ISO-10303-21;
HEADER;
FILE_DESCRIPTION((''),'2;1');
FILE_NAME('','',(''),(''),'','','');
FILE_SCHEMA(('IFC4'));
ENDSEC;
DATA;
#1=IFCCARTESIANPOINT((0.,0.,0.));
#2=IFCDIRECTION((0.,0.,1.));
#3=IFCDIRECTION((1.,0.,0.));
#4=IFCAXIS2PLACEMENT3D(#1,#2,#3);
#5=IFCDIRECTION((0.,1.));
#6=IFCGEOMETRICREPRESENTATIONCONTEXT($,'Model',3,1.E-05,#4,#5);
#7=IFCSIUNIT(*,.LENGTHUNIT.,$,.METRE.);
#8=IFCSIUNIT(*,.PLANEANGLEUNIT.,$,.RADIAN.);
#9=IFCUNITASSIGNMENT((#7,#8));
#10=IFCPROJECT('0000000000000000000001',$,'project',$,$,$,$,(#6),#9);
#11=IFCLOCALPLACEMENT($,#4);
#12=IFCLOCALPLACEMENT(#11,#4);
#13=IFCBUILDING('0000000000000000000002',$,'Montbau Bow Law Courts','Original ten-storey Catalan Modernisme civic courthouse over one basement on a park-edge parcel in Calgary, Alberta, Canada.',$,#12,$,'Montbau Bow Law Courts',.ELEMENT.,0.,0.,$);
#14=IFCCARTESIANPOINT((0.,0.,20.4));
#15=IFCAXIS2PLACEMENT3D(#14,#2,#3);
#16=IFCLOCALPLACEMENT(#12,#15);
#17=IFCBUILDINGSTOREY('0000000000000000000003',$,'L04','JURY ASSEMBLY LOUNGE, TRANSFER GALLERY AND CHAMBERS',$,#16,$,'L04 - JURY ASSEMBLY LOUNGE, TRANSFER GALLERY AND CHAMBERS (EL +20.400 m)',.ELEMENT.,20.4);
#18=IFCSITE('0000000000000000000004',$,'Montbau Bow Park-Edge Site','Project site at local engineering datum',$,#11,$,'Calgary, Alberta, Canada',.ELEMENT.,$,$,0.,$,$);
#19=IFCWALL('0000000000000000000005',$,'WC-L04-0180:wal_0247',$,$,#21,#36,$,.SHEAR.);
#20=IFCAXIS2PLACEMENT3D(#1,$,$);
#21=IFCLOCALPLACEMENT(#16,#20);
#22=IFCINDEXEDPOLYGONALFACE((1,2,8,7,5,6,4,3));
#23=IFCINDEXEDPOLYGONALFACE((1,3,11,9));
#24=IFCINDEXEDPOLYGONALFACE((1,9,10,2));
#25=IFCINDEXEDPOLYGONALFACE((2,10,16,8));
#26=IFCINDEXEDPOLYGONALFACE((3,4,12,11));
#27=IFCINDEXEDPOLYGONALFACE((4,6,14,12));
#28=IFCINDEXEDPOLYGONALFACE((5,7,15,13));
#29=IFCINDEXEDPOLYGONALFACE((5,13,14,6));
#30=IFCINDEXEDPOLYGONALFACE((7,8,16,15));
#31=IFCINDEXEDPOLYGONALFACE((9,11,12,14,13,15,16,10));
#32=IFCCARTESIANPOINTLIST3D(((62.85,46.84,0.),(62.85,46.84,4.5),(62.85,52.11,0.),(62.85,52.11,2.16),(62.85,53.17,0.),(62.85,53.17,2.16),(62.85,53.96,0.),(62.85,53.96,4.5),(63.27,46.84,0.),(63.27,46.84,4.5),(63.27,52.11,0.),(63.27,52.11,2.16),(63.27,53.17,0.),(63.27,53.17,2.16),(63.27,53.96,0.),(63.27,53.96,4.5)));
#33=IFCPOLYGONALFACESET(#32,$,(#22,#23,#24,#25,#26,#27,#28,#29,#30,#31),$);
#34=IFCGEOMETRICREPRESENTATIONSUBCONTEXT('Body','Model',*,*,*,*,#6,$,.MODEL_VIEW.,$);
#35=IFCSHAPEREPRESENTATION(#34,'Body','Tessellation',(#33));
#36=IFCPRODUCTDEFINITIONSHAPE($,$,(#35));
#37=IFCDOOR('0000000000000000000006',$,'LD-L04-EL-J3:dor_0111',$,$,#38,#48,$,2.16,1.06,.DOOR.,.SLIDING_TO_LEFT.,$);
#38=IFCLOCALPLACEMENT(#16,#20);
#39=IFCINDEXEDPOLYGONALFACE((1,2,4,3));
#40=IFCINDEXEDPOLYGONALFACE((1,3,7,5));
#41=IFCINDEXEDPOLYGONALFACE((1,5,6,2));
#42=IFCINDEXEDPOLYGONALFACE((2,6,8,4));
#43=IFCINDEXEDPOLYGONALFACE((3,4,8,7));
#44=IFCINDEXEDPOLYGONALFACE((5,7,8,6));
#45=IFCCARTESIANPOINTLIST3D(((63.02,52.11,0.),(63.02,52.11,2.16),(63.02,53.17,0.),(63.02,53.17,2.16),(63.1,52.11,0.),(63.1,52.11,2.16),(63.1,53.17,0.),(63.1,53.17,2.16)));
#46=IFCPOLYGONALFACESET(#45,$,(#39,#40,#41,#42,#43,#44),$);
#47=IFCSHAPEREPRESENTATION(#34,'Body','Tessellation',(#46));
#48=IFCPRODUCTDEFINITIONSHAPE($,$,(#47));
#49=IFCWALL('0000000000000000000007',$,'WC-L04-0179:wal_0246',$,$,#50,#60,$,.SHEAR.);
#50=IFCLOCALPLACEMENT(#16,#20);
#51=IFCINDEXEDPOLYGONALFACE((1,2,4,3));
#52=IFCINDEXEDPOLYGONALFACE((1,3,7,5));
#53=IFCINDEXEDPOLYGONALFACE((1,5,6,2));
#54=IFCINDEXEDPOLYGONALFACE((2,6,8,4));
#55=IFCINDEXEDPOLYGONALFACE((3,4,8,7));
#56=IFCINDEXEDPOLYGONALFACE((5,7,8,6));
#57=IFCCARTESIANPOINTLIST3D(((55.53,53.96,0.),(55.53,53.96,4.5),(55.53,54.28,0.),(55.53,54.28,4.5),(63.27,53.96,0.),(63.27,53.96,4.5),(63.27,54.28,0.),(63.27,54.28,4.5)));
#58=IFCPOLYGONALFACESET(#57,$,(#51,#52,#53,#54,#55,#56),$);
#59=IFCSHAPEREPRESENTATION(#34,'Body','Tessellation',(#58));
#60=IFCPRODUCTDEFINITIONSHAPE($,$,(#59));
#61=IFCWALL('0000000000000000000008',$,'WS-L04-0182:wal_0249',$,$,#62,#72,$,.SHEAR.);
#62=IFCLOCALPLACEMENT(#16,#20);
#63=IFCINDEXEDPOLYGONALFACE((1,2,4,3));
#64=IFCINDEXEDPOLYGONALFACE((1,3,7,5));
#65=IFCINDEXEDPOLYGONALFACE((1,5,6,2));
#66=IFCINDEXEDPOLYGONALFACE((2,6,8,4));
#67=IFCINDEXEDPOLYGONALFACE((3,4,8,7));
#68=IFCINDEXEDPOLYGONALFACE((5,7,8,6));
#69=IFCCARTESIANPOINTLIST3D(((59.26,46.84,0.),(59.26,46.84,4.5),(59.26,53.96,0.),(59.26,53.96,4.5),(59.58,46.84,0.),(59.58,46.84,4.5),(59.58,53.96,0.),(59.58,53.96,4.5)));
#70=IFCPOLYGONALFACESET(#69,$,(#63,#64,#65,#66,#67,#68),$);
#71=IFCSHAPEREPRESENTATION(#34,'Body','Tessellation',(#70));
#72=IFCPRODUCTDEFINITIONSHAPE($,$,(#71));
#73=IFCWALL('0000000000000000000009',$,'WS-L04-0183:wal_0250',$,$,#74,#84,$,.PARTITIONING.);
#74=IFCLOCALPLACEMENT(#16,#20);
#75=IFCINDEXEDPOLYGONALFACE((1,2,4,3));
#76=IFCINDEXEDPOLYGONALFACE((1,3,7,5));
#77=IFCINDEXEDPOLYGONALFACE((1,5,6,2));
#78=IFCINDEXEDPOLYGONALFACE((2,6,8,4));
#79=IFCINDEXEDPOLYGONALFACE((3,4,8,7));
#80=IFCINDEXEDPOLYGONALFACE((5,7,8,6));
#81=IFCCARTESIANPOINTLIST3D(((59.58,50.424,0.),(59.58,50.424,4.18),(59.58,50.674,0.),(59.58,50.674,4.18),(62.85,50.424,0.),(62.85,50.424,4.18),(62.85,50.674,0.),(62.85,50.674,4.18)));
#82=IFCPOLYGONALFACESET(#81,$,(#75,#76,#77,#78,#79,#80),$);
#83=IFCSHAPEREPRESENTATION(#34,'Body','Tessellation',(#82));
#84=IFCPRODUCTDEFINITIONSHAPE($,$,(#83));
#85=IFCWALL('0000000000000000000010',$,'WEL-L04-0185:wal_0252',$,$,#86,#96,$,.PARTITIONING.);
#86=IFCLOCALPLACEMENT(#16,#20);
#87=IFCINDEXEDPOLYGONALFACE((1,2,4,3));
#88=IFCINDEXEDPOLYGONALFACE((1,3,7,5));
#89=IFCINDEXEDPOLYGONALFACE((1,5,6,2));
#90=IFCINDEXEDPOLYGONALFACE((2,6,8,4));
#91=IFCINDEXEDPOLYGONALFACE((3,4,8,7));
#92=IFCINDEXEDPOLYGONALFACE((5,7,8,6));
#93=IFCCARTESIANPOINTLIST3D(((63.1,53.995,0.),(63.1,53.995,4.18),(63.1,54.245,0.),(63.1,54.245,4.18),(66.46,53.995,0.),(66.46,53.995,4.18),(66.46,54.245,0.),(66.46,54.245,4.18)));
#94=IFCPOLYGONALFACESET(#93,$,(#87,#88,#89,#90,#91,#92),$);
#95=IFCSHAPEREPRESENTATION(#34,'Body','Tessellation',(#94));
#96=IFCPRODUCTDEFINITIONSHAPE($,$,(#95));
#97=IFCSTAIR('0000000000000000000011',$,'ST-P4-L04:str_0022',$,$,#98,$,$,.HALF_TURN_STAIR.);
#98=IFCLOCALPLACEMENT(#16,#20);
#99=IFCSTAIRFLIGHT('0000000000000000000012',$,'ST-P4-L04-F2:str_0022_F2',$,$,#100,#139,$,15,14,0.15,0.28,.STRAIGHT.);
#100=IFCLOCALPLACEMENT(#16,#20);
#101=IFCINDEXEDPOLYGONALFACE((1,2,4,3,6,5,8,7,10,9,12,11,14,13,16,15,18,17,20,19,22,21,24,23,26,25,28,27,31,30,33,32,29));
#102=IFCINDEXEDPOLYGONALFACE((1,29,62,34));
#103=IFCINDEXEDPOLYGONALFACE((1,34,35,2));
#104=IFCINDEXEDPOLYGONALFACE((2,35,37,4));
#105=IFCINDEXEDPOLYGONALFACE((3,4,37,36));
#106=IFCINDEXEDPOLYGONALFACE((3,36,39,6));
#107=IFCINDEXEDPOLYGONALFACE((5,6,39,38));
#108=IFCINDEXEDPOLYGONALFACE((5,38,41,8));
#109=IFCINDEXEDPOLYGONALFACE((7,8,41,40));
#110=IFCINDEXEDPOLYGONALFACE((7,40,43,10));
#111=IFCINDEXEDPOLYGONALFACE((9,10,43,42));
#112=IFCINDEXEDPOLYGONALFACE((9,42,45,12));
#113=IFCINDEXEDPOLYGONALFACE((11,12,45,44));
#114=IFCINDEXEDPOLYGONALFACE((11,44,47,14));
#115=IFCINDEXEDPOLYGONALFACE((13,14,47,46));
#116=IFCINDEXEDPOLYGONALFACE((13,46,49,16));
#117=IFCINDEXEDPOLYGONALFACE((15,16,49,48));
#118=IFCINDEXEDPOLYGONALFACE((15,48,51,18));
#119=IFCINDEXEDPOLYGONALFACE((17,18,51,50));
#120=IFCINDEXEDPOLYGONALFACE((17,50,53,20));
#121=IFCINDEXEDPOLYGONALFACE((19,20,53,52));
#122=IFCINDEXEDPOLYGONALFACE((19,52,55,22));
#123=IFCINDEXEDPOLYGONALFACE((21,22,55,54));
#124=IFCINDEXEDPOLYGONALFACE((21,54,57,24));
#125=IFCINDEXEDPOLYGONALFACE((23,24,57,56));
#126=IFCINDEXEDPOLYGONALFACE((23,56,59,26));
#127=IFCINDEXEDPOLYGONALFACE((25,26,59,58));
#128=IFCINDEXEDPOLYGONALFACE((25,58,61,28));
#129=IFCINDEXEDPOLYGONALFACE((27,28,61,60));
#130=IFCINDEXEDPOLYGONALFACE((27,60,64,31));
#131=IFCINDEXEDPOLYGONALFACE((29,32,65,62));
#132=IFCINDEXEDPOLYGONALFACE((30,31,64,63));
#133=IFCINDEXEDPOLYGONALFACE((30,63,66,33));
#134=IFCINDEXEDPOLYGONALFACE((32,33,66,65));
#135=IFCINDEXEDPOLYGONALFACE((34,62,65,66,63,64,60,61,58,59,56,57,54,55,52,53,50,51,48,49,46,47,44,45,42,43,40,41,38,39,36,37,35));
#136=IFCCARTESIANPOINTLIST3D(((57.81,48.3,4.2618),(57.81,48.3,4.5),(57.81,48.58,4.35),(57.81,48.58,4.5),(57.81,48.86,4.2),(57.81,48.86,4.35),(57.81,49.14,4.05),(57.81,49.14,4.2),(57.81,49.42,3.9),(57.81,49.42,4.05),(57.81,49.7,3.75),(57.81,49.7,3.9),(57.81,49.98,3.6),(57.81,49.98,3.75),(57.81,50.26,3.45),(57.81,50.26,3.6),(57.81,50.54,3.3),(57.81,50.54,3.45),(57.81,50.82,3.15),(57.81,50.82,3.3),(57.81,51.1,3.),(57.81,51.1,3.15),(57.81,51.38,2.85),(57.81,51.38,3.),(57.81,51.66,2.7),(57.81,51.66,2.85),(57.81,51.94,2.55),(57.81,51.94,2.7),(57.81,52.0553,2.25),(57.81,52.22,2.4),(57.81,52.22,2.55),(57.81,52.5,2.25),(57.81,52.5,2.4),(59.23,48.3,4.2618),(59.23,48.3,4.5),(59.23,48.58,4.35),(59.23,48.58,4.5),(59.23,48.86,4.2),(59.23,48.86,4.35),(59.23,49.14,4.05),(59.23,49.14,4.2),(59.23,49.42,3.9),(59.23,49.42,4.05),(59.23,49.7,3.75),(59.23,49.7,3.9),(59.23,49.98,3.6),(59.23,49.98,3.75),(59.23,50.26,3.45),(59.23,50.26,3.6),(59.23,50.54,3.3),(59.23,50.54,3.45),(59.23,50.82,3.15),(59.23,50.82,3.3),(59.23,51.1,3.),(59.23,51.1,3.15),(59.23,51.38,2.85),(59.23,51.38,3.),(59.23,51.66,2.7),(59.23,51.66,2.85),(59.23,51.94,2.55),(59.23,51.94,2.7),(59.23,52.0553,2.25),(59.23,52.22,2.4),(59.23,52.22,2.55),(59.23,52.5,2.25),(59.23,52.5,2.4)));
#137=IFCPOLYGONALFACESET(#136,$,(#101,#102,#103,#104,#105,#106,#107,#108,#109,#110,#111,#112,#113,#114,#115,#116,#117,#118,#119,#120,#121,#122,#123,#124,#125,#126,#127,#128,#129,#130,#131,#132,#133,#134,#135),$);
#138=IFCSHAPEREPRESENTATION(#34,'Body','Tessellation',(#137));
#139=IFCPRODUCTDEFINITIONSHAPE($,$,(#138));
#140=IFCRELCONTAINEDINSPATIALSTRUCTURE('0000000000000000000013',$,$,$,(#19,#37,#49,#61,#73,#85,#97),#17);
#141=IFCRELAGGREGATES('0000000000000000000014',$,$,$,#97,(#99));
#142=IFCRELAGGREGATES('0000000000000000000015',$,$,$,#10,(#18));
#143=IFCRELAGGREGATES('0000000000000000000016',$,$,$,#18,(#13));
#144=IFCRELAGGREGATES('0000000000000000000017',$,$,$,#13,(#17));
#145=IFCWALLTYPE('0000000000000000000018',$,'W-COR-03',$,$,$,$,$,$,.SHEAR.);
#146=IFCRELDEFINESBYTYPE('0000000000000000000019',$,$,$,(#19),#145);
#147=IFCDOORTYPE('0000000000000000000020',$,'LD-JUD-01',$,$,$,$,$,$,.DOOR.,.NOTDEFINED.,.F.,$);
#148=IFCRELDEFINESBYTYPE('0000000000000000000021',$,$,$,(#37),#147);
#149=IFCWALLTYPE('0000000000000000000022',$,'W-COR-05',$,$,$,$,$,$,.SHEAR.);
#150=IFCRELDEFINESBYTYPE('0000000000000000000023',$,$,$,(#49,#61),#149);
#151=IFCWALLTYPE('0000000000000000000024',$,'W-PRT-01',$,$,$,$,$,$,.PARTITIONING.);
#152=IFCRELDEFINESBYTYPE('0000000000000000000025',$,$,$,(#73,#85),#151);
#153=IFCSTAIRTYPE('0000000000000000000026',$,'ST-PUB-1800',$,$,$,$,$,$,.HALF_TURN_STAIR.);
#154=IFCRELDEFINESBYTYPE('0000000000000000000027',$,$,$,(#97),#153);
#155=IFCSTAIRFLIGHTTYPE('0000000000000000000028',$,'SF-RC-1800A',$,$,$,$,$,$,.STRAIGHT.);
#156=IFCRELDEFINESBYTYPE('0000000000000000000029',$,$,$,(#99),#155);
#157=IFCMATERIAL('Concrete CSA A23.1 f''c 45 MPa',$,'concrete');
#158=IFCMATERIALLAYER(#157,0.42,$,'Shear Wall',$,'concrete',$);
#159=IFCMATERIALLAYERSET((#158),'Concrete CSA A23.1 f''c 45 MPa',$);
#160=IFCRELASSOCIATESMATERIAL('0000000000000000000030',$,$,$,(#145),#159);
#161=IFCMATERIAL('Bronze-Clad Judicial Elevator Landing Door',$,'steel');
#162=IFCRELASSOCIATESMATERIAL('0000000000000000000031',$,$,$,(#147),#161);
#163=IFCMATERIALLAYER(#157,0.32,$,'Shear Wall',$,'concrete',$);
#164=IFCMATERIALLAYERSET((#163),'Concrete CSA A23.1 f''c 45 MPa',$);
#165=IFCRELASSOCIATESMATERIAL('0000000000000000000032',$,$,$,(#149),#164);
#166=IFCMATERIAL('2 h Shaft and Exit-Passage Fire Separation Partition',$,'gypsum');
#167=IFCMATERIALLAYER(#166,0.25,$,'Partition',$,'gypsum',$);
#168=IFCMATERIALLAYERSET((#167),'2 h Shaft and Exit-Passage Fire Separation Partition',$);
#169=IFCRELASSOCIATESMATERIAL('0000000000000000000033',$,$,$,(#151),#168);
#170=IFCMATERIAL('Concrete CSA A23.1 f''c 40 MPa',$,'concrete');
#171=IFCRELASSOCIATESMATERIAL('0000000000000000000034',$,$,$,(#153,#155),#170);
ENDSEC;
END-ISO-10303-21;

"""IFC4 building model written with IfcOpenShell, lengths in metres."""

from ifc_helpers import new_model, si_unit, direction, frame, frame_2d, origin_with_axes, place, context, subcontext, project, spatial, polyline, rectangle, outline, extrude, material, layer, layer_set, type_object, element, fill, aggregate, save


model = new_model("IFC4")

# Units and contexts
model_context = context("Model", 3, precision=1e-05, world=origin_with_axes(), true_north=direction((0.0, 1.0)))
body_context = subcontext(model_context, "Body", "Model", "MODEL_VIEW")
ifc_project = project(units=[si_unit("LENGTHUNIT", "METRE"), si_unit("PLANEANGLEUNIT", "RADIAN")], contexts=[model_context])

# Site, building, storey
site_placement = place(None, origin_with_axes())
site = spatial("IfcSite", under=ifc_project, at=site_placement, Name="Montbau Bow Park-Edge Site", Description="Project site at local engineering datum", LongName="Calgary, Alberta, Canada", CompositionType="ELEMENT", RefElevation=0.0)
building_placement = place(site_placement, origin_with_axes())
building = spatial("IfcBuilding", under=site, at=building_placement, Name="Montbau Bow Law Courts", Description="Original ten-storey Catalan Modernisme civic courthouse over one basement on a park-edge parcel in Calgary, Alberta, Canada.", LongName="Montbau Bow Law Courts", CompositionType="ELEMENT", ElevationOfRefHeight=0.0, ElevationOfTerrain=0.0)
storey_placement = place(building_placement, frame((0.0, 0.0, 20.4), z_axis=(0.0, 0.0, 1.0), x_axis=(1.0, 0.0, 0.0)))
storey = spatial("IfcBuildingStorey", under=building, at=storey_placement, Name="L04", Description="JURY ASSEMBLY LOUNGE, TRANSFER GALLERY AND CHAMBERS", LongName="L04 - JURY ASSEMBLY LOUNGE, TRANSFER GALLERY AND CHAMBERS (EL +20.400 m)", CompositionType="ELEMENT", Elevation=20.4)

# Wall, opening, door
ifc_material_1 = material(Name="Concrete CSA A23.1 f'c 45 MPa", Category="concrete")
ifc_layer_1 = layer(ifc_material_1, 0.42, Name="Shear Wall", Category="concrete")
ifc_layer_set_1 = layer_set([ifc_layer_1], Name="Concrete CSA A23.1 f'c 45 MPa")
wall_type_1 = type_object("IfcWallType", Name="W-COR-03", PredefinedType="SHEAR", material=ifc_layer_set_1)
wall_1_placement = place(None, frame((63.06, 46.84, 20.4), z_axis=(0.0, 0.0, 1.0), x_axis=(0.0, 1.0, 0.0)))
wall_1 = element("IfcWall", 1, at=wall_1_placement, inside=storey, type_object=wall_type_1, Name="WC-L04-0180:wal_0247", PredefinedType="SHEAR", context=body_context, shape_type="SweptSolid", body=[
    extrude(rectangle(XDim=7.12, YDim=0.42, at=frame_2d((3.56, 0.0), x_axis=(1.0, 0.0))), origin_with_axes(), (0.0, 0.0, 1.0), 4.5),
])
opening_placement = place(None, frame((63.06, 52.64, 20.4), z_axis=(0.0, 0.0, 1.0), x_axis=(0.0, 1.0, 0.0)))
opening = element("IfcOpeningElement", 2, at=opening_placement, cuts=wall_1, PredefinedType="OPENING", context=body_context, shape_type="SweptSolid", body=[
    extrude(rectangle(XDim=1.06, YDim=2.16, at=frame_2d((0.0, 1.08), x_axis=(1.0, 0.0))), frame((0.0, 0.22, 0.0), z_axis=(0.0, -1.0, 0.0), x_axis=(1.0, 0.0, 0.0)), (0.0, 0.0, 1.0), 0.44),
])
ifc_material_2 = material(Name="Bronze-Clad Judicial Elevator Landing Door", Category="steel")
door_type = type_object("IfcDoorType", Name="LD-JUD-01", OperationType="NOTDEFINED", ParameterTakesPrecedence=False, PredefinedType="DOOR", material=ifc_material_2)
door_placement = place(None, frame((63.06, 52.64, 20.4), z_axis=(0.0, 0.0, 1.0), x_axis=(0.0, 1.0, 0.0)))
door = element("IfcDoor", 3, at=door_placement, inside=storey, type_object=door_type, Name="LD-L04-EL-J3:dor_0111", OperationType="SLIDING_TO_LEFT", OverallHeight=2.16, OverallWidth=1.06, PredefinedType="DOOR", context=body_context, shape_type="SweptSolid", body=[
    extrude(rectangle(XDim=1.06, YDim=2.16, at=frame_2d((0.0, 1.08), x_axis=(1.0, 0.0))), frame((0.0, 0.04, 0.0), z_axis=(0.0, -1.0, 0.0), x_axis=(1.0, 0.0, 0.0)), (0.0, 0.0, 1.0), 0.08),
])
fill(opening, door)

# Walls
ifc_layer_2 = layer(ifc_material_1, 0.32, Name="Shear Wall", Category="concrete")
ifc_layer_set_2 = layer_set([ifc_layer_2], Name="Concrete CSA A23.1 f'c 45 MPa")
wall_type_2 = type_object("IfcWallType", Name="W-COR-05", PredefinedType="SHEAR", material=ifc_layer_set_2)
wall_2_placement = place(None, frame((63.27, 54.12, 20.4), z_axis=(0.0, 0.0, 1.0), x_axis=(-1.0, 0.0, 0.0)))
element("IfcWall", 4, at=wall_2_placement, inside=storey, type_object=wall_type_2, Name="WC-L04-0179:wal_0246", PredefinedType="SHEAR", context=body_context, shape_type="SweptSolid", body=[
    extrude(rectangle(XDim=7.74, YDim=0.32, at=frame_2d((3.87, 0.0), x_axis=(1.0, 0.0))), origin_with_axes(), (0.0, 0.0, 1.0), 4.5),
])
wall_3_placement = place(None, frame((59.42, 46.84, 20.4), z_axis=(0.0, 0.0, 1.0), x_axis=(0.0, 1.0, 0.0)))
element("IfcWall", 5, at=wall_3_placement, inside=storey, type_object=wall_type_2, Name="WS-L04-0182:wal_0249", PredefinedType="SHEAR", context=body_context, shape_type="SweptSolid", body=[
    extrude(rectangle(XDim=7.12, YDim=0.32, at=frame_2d((3.56, 0.0), x_axis=(1.0, 0.0))), origin_with_axes(), (0.0, 0.0, 1.0), 4.5),
])
ifc_material_3 = material(Name="2 h Shaft and Exit-Passage Fire Separation Partition", Category="gypsum")
ifc_layer_3 = layer(ifc_material_3, 0.25, Name="Partition", Category="gypsum")
ifc_layer_set_3 = layer_set([ifc_layer_3], Name="2 h Shaft and Exit-Passage Fire Separation Partition")
wall_type_3 = type_object("IfcWallType", Name="W-PRT-01", PredefinedType="PARTITIONING", material=ifc_layer_set_3)
wall_4_placement = place(None, frame((59.58, 50.549, 20.4), z_axis=(0.0, 0.0, 1.0), x_axis=(1.0, 0.0, 0.0)))
element("IfcWall", 6, at=wall_4_placement, inside=storey, type_object=wall_type_3, Name="WS-L04-0183:wal_0250", PredefinedType="PARTITIONING", context=body_context, shape_type="SweptSolid", body=[
    extrude(rectangle(XDim=3.27, YDim=0.25, at=frame_2d((1.635, 0.0), x_axis=(1.0, 0.0))), origin_with_axes(), (0.0, 0.0, 1.0), 4.18),
])
wall_5_placement = place(None, frame((63.1, 54.12, 20.4), z_axis=(0.0, 0.0, 1.0), x_axis=(1.0, 0.0, 0.0)))
element("IfcWall", 7, at=wall_5_placement, inside=storey, type_object=wall_type_3, Name="WEL-L04-0185:wal_0252", PredefinedType="PARTITIONING", context=body_context, shape_type="SweptSolid", body=[
    extrude(rectangle(XDim=3.36, YDim=0.25, at=frame_2d((1.68, 0.0), x_axis=(1.0, 0.0))), origin_with_axes(), (0.0, 0.0, 1.0), 4.18),
])

# Stair, stair flight
ifc_material_4 = material(Name="Concrete CSA A23.1 f'c 40 MPa", Category="concrete")
stair_type = type_object("IfcStairType", Name="ST-PUB-1800", PredefinedType="HALF_TURN_STAIR", material=ifc_material_4)
stair_placement = place(None, frame((56.69, 48.3, 20.4), z_axis=(0.0, 0.0, 1.0), x_axis=(1.0, 0.0, 0.0)))
stair = element("IfcStair", 8, at=stair_placement, inside=storey, type_object=stair_type, Name="ST-P4-L04:str_0022", PredefinedType="HALF_TURN_STAIR")
stair_flight_type = type_object("IfcStairFlightType", Name="SF-RC-1800A", PredefinedType="STRAIGHT", material=ifc_material_4)
stair_flight_placement = place(None, frame((58.52, 52.5, 22.65), z_axis=(0.0, 0.0, 1.0), x_axis=(0.0, -1.0, 0.0)))
stair_flight = element("IfcStairFlight", 9, at=stair_flight_placement, type_object=stair_flight_type, Name="ST-P4-L04-F2:str_0022_F2", NumberOfRisers=15, NumberOfTreads=14, PredefinedType="STRAIGHT", RiserHeight=0.15, TreadLength=0.28, context=body_context, shape_type="SweptSolid", body=[
    extrude(outline(polyline([(0.0, 0.0), (0.0, 0.15), (0.28, 0.15), (0.28, 0.3), (0.56, 0.3), (0.56, 0.45), (0.84, 0.45), (0.84, 0.6), (1.12, 0.6), (1.12, 0.75), (1.4, 0.75), (1.4, 0.9), (1.68, 0.9), (1.68, 1.05), (1.96, 1.05), (1.96, 1.2), (2.24, 1.2), (2.24, 1.35), (2.52, 1.35), (2.52, 1.5), (2.8, 1.5), (2.8, 1.65), (3.08, 1.65), (3.08, 1.8), (3.36, 1.8), (3.36, 1.95), (3.64, 1.95), (3.64, 2.1), (3.92, 2.1), (3.92, 2.25), (4.2, 2.25), (4.2, 2.0118), (0.4447, 0.0), (0.0, 0.0)])), frame((0.0, 0.71, 0.0), z_axis=(0.0, -1.0, 0.0), x_axis=(1.0, 0.0, 0.0)), (0.0, 0.0, 1.0), 1.42),
])
aggregate(stair, [stair_flight])

save(model, "model.ifc")
